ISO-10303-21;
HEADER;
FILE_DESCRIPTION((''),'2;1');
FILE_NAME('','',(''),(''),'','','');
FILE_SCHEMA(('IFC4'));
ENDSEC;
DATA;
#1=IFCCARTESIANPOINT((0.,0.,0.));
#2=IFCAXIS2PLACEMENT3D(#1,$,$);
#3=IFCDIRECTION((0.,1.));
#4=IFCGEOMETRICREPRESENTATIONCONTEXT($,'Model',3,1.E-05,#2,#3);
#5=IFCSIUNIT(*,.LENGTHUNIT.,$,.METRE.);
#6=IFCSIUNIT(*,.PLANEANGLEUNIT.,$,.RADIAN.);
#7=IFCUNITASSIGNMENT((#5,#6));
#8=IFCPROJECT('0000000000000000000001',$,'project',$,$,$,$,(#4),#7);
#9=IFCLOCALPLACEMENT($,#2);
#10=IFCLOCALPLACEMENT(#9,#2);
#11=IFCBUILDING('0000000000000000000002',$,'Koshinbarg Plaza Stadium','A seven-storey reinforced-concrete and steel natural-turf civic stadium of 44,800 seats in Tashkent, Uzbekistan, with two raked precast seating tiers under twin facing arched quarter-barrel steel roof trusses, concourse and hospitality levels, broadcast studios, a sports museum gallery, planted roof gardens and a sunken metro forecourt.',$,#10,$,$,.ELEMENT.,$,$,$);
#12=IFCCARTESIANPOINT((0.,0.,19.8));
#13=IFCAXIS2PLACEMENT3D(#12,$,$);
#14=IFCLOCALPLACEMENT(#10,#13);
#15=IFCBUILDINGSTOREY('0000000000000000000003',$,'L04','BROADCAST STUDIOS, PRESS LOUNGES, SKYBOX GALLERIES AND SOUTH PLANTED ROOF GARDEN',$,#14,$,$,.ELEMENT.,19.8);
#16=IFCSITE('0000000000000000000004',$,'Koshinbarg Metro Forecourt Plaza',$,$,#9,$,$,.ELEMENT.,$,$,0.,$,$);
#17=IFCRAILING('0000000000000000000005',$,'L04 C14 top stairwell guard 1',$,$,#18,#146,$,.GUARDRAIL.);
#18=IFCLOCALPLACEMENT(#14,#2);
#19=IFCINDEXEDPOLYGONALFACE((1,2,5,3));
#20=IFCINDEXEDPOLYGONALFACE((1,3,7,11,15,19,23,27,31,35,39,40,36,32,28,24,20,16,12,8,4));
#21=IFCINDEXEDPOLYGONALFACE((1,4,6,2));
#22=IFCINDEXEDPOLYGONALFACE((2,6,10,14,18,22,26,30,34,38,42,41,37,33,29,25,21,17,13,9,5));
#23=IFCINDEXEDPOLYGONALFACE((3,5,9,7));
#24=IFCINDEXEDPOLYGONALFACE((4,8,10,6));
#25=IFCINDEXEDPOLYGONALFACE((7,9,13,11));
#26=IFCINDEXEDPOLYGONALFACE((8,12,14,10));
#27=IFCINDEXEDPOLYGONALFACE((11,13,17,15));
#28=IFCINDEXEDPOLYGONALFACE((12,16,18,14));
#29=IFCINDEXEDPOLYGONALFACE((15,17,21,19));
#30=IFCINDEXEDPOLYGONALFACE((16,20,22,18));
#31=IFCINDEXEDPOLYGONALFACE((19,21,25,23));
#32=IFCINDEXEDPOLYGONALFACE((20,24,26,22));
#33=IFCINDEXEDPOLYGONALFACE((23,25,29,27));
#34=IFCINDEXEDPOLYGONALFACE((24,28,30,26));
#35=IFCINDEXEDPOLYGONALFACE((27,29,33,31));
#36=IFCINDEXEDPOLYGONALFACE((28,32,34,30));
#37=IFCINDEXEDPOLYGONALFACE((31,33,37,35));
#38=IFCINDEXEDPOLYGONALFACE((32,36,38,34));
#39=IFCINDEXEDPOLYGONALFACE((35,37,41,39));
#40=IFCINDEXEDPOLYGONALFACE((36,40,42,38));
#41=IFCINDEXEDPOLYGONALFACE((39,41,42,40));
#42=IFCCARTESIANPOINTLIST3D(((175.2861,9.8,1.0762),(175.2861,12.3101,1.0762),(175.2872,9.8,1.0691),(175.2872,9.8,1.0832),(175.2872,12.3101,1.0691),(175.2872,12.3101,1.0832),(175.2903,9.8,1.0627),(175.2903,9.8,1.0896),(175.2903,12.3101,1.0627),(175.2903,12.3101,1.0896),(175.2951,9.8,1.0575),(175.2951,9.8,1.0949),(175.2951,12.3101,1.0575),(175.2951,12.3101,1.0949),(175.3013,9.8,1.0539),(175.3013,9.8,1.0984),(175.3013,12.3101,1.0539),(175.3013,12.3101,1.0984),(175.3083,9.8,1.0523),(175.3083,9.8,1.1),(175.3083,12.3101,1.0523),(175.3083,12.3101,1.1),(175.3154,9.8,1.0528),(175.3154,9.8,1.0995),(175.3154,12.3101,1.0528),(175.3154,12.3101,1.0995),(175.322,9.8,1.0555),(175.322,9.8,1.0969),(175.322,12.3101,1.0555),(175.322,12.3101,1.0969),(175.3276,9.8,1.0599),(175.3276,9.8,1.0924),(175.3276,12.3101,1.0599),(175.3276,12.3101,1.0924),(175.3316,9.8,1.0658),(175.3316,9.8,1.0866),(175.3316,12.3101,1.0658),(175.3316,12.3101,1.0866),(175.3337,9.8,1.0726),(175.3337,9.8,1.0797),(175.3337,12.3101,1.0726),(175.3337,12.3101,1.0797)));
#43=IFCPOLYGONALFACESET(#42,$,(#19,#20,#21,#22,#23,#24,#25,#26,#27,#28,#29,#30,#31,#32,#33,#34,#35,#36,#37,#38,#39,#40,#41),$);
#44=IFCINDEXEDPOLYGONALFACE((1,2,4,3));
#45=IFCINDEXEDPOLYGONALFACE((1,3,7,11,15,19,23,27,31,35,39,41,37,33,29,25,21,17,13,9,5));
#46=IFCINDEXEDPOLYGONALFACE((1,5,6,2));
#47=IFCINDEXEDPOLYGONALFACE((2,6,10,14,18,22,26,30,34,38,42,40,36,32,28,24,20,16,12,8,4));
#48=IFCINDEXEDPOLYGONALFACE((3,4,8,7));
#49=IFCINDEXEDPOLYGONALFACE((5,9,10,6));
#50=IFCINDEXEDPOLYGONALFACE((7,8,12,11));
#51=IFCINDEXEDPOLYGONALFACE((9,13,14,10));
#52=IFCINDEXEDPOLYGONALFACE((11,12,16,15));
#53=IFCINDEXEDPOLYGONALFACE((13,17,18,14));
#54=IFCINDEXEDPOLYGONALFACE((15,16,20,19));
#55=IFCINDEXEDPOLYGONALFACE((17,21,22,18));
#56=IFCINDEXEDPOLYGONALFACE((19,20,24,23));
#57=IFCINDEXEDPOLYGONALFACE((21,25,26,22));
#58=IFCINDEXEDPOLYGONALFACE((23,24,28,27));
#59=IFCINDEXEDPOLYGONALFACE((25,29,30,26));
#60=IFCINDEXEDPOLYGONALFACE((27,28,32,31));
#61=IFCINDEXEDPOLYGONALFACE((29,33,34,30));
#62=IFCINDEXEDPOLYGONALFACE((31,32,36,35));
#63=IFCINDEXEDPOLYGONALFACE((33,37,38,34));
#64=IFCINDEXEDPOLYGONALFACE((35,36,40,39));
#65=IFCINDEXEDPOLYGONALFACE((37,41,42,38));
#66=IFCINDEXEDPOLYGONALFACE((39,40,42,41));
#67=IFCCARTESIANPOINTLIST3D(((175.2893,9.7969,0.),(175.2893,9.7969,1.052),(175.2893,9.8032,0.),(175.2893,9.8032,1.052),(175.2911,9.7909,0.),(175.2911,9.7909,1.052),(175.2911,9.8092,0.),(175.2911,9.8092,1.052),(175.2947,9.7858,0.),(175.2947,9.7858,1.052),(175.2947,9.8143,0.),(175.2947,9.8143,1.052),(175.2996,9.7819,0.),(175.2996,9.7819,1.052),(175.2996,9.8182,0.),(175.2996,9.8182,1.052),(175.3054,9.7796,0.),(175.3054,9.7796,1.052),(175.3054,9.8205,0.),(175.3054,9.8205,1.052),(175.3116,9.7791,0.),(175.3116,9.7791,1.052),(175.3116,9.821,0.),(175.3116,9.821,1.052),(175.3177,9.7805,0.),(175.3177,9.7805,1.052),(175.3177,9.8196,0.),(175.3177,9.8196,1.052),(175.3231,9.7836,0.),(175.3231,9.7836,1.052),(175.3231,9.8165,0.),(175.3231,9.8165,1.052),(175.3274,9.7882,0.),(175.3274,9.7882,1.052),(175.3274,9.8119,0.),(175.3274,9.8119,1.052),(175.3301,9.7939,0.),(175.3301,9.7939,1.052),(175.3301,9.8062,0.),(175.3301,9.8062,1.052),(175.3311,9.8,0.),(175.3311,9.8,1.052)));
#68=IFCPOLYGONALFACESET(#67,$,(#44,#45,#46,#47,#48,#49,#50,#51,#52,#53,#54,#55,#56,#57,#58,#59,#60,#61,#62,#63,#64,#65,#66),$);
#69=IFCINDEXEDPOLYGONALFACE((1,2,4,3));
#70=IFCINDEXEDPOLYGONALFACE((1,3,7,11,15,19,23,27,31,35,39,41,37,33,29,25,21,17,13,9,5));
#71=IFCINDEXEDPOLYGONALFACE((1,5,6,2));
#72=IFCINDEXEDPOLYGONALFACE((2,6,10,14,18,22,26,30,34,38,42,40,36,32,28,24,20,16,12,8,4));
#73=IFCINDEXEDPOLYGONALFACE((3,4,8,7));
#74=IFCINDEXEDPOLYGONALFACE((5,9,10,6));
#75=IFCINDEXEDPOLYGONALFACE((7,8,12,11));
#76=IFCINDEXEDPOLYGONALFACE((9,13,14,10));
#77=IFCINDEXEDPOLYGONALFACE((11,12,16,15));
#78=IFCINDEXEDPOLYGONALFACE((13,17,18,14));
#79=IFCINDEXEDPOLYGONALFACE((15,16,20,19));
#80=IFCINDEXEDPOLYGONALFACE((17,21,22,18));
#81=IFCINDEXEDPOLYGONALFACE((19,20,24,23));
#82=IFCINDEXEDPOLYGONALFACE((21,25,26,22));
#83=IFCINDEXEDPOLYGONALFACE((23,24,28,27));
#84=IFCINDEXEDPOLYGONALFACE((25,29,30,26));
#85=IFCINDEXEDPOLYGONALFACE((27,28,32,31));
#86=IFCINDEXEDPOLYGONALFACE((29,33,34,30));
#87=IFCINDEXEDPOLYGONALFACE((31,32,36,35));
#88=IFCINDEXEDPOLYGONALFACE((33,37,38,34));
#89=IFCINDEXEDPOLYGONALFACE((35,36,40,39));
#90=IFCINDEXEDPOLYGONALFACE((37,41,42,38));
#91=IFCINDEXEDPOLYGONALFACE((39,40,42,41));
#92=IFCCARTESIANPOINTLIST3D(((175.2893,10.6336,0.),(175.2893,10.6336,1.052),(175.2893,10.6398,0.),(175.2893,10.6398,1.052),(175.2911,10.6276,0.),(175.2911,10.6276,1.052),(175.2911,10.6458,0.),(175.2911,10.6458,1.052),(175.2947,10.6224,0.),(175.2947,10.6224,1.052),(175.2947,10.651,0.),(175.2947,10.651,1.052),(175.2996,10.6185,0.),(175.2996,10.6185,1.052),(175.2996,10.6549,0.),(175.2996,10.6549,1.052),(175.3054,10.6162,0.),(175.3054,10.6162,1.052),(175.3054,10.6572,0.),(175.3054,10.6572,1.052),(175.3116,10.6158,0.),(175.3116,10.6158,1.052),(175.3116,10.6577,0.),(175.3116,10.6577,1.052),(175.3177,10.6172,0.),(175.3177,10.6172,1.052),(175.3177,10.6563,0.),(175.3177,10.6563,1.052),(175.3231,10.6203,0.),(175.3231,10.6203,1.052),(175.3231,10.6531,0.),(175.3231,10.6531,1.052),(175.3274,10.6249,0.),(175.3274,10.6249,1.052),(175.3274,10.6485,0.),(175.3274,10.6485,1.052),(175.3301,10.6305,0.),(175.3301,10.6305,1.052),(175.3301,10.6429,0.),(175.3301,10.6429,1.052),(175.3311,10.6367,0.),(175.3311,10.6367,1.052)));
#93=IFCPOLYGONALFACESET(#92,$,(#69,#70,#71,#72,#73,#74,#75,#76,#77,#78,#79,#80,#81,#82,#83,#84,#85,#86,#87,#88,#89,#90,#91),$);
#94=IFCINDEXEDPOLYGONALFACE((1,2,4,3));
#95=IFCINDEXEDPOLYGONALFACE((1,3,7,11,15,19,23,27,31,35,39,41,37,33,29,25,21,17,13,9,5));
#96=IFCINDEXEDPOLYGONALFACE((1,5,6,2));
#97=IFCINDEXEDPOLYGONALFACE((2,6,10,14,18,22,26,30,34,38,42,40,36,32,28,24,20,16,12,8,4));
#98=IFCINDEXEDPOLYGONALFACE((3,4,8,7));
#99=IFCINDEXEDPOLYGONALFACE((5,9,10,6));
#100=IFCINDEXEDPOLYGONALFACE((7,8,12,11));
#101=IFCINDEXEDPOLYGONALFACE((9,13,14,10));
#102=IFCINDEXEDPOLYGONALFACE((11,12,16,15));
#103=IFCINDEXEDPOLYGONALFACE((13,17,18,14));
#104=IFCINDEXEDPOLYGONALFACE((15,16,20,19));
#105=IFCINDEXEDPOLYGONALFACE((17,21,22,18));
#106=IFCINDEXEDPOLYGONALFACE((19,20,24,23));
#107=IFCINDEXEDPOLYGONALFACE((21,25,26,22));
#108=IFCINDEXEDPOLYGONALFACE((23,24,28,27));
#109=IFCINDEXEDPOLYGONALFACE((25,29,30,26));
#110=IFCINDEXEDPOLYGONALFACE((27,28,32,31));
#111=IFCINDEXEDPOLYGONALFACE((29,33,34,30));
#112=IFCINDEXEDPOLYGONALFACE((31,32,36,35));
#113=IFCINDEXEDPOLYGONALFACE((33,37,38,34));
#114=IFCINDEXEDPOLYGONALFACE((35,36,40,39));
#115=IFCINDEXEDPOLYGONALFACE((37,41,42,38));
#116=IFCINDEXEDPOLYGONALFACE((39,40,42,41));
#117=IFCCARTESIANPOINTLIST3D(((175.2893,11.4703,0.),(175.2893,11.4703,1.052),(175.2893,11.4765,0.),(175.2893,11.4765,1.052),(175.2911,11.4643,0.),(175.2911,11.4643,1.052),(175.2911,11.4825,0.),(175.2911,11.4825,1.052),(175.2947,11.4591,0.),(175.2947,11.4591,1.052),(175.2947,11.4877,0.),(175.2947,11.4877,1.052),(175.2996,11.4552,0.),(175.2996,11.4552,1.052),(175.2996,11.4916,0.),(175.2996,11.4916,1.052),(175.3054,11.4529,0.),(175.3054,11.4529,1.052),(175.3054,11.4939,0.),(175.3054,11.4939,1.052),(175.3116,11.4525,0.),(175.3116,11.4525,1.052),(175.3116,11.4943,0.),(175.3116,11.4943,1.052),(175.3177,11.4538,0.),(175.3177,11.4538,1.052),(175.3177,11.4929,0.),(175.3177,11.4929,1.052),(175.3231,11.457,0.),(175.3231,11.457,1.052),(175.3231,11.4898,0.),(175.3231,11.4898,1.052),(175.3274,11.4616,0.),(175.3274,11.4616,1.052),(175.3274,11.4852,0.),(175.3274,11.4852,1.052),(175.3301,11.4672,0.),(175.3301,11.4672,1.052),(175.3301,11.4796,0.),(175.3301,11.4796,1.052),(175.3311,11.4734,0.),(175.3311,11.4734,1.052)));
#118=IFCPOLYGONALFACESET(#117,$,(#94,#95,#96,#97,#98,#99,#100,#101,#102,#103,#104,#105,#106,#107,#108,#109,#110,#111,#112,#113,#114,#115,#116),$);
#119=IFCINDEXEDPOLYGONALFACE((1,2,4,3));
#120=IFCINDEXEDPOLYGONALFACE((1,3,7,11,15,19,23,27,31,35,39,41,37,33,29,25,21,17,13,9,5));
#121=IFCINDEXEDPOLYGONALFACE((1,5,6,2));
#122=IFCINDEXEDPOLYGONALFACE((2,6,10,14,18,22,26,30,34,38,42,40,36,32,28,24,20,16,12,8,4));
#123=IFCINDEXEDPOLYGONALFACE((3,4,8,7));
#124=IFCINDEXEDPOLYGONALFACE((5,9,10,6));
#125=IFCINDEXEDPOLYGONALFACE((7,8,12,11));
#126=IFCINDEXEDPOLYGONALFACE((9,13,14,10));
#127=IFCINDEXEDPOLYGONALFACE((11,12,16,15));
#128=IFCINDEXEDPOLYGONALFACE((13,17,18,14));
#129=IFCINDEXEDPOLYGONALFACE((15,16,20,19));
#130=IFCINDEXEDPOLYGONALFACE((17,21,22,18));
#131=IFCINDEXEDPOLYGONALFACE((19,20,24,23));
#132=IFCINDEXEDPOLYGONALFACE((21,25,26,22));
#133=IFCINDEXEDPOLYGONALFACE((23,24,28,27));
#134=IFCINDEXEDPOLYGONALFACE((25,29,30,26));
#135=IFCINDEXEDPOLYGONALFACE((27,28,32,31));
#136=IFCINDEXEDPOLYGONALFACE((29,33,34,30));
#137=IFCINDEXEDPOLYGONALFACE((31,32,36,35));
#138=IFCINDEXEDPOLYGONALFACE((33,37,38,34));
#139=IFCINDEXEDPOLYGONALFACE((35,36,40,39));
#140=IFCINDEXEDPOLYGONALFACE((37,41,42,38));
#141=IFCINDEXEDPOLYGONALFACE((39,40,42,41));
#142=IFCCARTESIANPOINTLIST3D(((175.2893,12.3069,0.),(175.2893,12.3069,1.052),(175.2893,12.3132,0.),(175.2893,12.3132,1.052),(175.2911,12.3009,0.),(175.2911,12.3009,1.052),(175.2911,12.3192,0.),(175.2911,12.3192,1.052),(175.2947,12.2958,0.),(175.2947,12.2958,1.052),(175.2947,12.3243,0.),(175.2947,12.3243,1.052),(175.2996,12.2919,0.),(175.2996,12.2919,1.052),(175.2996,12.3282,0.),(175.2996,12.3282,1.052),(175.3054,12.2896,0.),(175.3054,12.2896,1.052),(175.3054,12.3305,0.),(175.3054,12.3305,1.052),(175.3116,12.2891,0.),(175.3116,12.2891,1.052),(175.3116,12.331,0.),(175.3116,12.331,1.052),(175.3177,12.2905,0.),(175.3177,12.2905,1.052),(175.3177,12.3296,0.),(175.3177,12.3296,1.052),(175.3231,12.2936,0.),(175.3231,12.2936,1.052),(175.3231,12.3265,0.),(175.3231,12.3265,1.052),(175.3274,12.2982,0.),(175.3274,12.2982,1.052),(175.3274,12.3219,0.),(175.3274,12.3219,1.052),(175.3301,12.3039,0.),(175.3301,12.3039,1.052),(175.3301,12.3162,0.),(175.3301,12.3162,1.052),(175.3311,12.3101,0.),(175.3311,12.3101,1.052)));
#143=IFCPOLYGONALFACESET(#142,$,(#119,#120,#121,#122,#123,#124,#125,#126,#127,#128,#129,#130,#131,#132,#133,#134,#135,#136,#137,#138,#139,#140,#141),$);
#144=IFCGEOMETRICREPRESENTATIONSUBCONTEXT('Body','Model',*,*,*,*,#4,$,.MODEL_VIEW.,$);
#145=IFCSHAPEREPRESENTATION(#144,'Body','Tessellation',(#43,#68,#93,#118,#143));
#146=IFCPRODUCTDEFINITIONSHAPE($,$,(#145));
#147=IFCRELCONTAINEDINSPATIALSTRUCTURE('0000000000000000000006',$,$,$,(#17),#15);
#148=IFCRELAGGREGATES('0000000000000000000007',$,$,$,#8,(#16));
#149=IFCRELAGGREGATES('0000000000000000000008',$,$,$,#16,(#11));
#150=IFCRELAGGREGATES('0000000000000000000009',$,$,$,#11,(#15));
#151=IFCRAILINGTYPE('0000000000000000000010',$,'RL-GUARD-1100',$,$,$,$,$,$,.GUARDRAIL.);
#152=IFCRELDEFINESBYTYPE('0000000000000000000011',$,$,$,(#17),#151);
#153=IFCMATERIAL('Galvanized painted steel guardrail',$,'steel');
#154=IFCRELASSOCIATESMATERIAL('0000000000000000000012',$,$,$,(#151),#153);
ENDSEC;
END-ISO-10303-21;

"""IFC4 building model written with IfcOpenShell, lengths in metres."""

from ifc_helpers import new_model, si_unit, direction, frame, origin, origin_2d, place, context, subcontext, project, spatial, circle, extrude, material, type_object, element, save


model = new_model("IFC4")

# Units and contexts
model_context = context("Model", 3, precision=1e-05, world=origin(), true_north=direction((0.0, 1.0)))
body_context = subcontext(model_context, "Body", "Model", "MODEL_VIEW")
ifc_project = project(units=[si_unit("LENGTHUNIT", "METRE"), si_unit("PLANEANGLEUNIT", "RADIAN")], contexts=[model_context])

# Site, building, storey
site_placement = place(None, origin())
site = spatial("IfcSite", under=ifc_project, at=site_placement, Name="Koshinbarg Metro Forecourt Plaza", CompositionType="ELEMENT", RefElevation=0.0)
building_placement = place(site_placement, origin())
building = spatial("IfcBuilding", under=site, at=building_placement, Name="Koshinbarg Plaza Stadium", Description="A seven-storey reinforced-concrete and steel natural-turf civic stadium of 44,800 seats in Tashkent, Uzbekistan, with two raked precast seating tiers under twin facing arched quarter-barrel steel roof trusses, concourse and hospitality levels, broadcast studios, a sports museum gallery, planted roof gardens and a sunken metro forecourt.", CompositionType="ELEMENT")
storey_placement = place(building_placement, frame((0.0, 0.0, 19.8)))
storey = spatial("IfcBuildingStorey", under=building, at=storey_placement, Name="L04", Description="BROADCAST STUDIOS, PRESS LOUNGES, SKYBOX GALLERIES AND SOUTH PLANTED ROOF GARDEN", CompositionType="ELEMENT", Elevation=19.8)

# Railing
ifc_material_1 = material(Name="Galvanized painted steel guardrail", Category="steel")
railing_type_1 = type_object("IfcRailingType", Name="RL-GUARD-1100", PredefinedType="GUARDRAIL", material=ifc_material_1)
railing_1_placement = place(storey_placement, frame((175.3101, 9.8, 0.0)))
element("IfcRailing", 1, at=railing_1_placement, inside=storey, type_object=railing_type_1, Name="L04 C14 top stairwell guard 1", PredefinedType="GUARDRAIL", context=body_context, shape_type="SweptSolid", body=[
    extrude(circle(Radius=0.0239, at=origin_2d()), frame((0.0, 0.0, 1.0762), z_axis=(0.0, 1.0, 0.0), x_axis=(-1.0, 0.0, 0.0)), (0.0, 0.0, 1.0), 2.51),
    extrude(circle(Radius=0.021, at=origin_2d()), origin(), (0.0, 0.0, 1.0), 1.052),
    extrude(circle(Radius=0.021, at=origin_2d()), frame((0.0, 0.8367, 0.0)), (0.0, 0.0, 1.0), 1.052),
    extrude(circle(Radius=0.021, at=origin_2d()), frame((0.0, 1.6733, 0.0)), (0.0, 0.0, 1.0), 1.052),
    extrude(circle(Radius=0.021, at=origin_2d()), frame((0.0, 2.51, 0.0)), (0.0, 0.0, 1.0), 1.052),
])

save(model, "model.ifc")
